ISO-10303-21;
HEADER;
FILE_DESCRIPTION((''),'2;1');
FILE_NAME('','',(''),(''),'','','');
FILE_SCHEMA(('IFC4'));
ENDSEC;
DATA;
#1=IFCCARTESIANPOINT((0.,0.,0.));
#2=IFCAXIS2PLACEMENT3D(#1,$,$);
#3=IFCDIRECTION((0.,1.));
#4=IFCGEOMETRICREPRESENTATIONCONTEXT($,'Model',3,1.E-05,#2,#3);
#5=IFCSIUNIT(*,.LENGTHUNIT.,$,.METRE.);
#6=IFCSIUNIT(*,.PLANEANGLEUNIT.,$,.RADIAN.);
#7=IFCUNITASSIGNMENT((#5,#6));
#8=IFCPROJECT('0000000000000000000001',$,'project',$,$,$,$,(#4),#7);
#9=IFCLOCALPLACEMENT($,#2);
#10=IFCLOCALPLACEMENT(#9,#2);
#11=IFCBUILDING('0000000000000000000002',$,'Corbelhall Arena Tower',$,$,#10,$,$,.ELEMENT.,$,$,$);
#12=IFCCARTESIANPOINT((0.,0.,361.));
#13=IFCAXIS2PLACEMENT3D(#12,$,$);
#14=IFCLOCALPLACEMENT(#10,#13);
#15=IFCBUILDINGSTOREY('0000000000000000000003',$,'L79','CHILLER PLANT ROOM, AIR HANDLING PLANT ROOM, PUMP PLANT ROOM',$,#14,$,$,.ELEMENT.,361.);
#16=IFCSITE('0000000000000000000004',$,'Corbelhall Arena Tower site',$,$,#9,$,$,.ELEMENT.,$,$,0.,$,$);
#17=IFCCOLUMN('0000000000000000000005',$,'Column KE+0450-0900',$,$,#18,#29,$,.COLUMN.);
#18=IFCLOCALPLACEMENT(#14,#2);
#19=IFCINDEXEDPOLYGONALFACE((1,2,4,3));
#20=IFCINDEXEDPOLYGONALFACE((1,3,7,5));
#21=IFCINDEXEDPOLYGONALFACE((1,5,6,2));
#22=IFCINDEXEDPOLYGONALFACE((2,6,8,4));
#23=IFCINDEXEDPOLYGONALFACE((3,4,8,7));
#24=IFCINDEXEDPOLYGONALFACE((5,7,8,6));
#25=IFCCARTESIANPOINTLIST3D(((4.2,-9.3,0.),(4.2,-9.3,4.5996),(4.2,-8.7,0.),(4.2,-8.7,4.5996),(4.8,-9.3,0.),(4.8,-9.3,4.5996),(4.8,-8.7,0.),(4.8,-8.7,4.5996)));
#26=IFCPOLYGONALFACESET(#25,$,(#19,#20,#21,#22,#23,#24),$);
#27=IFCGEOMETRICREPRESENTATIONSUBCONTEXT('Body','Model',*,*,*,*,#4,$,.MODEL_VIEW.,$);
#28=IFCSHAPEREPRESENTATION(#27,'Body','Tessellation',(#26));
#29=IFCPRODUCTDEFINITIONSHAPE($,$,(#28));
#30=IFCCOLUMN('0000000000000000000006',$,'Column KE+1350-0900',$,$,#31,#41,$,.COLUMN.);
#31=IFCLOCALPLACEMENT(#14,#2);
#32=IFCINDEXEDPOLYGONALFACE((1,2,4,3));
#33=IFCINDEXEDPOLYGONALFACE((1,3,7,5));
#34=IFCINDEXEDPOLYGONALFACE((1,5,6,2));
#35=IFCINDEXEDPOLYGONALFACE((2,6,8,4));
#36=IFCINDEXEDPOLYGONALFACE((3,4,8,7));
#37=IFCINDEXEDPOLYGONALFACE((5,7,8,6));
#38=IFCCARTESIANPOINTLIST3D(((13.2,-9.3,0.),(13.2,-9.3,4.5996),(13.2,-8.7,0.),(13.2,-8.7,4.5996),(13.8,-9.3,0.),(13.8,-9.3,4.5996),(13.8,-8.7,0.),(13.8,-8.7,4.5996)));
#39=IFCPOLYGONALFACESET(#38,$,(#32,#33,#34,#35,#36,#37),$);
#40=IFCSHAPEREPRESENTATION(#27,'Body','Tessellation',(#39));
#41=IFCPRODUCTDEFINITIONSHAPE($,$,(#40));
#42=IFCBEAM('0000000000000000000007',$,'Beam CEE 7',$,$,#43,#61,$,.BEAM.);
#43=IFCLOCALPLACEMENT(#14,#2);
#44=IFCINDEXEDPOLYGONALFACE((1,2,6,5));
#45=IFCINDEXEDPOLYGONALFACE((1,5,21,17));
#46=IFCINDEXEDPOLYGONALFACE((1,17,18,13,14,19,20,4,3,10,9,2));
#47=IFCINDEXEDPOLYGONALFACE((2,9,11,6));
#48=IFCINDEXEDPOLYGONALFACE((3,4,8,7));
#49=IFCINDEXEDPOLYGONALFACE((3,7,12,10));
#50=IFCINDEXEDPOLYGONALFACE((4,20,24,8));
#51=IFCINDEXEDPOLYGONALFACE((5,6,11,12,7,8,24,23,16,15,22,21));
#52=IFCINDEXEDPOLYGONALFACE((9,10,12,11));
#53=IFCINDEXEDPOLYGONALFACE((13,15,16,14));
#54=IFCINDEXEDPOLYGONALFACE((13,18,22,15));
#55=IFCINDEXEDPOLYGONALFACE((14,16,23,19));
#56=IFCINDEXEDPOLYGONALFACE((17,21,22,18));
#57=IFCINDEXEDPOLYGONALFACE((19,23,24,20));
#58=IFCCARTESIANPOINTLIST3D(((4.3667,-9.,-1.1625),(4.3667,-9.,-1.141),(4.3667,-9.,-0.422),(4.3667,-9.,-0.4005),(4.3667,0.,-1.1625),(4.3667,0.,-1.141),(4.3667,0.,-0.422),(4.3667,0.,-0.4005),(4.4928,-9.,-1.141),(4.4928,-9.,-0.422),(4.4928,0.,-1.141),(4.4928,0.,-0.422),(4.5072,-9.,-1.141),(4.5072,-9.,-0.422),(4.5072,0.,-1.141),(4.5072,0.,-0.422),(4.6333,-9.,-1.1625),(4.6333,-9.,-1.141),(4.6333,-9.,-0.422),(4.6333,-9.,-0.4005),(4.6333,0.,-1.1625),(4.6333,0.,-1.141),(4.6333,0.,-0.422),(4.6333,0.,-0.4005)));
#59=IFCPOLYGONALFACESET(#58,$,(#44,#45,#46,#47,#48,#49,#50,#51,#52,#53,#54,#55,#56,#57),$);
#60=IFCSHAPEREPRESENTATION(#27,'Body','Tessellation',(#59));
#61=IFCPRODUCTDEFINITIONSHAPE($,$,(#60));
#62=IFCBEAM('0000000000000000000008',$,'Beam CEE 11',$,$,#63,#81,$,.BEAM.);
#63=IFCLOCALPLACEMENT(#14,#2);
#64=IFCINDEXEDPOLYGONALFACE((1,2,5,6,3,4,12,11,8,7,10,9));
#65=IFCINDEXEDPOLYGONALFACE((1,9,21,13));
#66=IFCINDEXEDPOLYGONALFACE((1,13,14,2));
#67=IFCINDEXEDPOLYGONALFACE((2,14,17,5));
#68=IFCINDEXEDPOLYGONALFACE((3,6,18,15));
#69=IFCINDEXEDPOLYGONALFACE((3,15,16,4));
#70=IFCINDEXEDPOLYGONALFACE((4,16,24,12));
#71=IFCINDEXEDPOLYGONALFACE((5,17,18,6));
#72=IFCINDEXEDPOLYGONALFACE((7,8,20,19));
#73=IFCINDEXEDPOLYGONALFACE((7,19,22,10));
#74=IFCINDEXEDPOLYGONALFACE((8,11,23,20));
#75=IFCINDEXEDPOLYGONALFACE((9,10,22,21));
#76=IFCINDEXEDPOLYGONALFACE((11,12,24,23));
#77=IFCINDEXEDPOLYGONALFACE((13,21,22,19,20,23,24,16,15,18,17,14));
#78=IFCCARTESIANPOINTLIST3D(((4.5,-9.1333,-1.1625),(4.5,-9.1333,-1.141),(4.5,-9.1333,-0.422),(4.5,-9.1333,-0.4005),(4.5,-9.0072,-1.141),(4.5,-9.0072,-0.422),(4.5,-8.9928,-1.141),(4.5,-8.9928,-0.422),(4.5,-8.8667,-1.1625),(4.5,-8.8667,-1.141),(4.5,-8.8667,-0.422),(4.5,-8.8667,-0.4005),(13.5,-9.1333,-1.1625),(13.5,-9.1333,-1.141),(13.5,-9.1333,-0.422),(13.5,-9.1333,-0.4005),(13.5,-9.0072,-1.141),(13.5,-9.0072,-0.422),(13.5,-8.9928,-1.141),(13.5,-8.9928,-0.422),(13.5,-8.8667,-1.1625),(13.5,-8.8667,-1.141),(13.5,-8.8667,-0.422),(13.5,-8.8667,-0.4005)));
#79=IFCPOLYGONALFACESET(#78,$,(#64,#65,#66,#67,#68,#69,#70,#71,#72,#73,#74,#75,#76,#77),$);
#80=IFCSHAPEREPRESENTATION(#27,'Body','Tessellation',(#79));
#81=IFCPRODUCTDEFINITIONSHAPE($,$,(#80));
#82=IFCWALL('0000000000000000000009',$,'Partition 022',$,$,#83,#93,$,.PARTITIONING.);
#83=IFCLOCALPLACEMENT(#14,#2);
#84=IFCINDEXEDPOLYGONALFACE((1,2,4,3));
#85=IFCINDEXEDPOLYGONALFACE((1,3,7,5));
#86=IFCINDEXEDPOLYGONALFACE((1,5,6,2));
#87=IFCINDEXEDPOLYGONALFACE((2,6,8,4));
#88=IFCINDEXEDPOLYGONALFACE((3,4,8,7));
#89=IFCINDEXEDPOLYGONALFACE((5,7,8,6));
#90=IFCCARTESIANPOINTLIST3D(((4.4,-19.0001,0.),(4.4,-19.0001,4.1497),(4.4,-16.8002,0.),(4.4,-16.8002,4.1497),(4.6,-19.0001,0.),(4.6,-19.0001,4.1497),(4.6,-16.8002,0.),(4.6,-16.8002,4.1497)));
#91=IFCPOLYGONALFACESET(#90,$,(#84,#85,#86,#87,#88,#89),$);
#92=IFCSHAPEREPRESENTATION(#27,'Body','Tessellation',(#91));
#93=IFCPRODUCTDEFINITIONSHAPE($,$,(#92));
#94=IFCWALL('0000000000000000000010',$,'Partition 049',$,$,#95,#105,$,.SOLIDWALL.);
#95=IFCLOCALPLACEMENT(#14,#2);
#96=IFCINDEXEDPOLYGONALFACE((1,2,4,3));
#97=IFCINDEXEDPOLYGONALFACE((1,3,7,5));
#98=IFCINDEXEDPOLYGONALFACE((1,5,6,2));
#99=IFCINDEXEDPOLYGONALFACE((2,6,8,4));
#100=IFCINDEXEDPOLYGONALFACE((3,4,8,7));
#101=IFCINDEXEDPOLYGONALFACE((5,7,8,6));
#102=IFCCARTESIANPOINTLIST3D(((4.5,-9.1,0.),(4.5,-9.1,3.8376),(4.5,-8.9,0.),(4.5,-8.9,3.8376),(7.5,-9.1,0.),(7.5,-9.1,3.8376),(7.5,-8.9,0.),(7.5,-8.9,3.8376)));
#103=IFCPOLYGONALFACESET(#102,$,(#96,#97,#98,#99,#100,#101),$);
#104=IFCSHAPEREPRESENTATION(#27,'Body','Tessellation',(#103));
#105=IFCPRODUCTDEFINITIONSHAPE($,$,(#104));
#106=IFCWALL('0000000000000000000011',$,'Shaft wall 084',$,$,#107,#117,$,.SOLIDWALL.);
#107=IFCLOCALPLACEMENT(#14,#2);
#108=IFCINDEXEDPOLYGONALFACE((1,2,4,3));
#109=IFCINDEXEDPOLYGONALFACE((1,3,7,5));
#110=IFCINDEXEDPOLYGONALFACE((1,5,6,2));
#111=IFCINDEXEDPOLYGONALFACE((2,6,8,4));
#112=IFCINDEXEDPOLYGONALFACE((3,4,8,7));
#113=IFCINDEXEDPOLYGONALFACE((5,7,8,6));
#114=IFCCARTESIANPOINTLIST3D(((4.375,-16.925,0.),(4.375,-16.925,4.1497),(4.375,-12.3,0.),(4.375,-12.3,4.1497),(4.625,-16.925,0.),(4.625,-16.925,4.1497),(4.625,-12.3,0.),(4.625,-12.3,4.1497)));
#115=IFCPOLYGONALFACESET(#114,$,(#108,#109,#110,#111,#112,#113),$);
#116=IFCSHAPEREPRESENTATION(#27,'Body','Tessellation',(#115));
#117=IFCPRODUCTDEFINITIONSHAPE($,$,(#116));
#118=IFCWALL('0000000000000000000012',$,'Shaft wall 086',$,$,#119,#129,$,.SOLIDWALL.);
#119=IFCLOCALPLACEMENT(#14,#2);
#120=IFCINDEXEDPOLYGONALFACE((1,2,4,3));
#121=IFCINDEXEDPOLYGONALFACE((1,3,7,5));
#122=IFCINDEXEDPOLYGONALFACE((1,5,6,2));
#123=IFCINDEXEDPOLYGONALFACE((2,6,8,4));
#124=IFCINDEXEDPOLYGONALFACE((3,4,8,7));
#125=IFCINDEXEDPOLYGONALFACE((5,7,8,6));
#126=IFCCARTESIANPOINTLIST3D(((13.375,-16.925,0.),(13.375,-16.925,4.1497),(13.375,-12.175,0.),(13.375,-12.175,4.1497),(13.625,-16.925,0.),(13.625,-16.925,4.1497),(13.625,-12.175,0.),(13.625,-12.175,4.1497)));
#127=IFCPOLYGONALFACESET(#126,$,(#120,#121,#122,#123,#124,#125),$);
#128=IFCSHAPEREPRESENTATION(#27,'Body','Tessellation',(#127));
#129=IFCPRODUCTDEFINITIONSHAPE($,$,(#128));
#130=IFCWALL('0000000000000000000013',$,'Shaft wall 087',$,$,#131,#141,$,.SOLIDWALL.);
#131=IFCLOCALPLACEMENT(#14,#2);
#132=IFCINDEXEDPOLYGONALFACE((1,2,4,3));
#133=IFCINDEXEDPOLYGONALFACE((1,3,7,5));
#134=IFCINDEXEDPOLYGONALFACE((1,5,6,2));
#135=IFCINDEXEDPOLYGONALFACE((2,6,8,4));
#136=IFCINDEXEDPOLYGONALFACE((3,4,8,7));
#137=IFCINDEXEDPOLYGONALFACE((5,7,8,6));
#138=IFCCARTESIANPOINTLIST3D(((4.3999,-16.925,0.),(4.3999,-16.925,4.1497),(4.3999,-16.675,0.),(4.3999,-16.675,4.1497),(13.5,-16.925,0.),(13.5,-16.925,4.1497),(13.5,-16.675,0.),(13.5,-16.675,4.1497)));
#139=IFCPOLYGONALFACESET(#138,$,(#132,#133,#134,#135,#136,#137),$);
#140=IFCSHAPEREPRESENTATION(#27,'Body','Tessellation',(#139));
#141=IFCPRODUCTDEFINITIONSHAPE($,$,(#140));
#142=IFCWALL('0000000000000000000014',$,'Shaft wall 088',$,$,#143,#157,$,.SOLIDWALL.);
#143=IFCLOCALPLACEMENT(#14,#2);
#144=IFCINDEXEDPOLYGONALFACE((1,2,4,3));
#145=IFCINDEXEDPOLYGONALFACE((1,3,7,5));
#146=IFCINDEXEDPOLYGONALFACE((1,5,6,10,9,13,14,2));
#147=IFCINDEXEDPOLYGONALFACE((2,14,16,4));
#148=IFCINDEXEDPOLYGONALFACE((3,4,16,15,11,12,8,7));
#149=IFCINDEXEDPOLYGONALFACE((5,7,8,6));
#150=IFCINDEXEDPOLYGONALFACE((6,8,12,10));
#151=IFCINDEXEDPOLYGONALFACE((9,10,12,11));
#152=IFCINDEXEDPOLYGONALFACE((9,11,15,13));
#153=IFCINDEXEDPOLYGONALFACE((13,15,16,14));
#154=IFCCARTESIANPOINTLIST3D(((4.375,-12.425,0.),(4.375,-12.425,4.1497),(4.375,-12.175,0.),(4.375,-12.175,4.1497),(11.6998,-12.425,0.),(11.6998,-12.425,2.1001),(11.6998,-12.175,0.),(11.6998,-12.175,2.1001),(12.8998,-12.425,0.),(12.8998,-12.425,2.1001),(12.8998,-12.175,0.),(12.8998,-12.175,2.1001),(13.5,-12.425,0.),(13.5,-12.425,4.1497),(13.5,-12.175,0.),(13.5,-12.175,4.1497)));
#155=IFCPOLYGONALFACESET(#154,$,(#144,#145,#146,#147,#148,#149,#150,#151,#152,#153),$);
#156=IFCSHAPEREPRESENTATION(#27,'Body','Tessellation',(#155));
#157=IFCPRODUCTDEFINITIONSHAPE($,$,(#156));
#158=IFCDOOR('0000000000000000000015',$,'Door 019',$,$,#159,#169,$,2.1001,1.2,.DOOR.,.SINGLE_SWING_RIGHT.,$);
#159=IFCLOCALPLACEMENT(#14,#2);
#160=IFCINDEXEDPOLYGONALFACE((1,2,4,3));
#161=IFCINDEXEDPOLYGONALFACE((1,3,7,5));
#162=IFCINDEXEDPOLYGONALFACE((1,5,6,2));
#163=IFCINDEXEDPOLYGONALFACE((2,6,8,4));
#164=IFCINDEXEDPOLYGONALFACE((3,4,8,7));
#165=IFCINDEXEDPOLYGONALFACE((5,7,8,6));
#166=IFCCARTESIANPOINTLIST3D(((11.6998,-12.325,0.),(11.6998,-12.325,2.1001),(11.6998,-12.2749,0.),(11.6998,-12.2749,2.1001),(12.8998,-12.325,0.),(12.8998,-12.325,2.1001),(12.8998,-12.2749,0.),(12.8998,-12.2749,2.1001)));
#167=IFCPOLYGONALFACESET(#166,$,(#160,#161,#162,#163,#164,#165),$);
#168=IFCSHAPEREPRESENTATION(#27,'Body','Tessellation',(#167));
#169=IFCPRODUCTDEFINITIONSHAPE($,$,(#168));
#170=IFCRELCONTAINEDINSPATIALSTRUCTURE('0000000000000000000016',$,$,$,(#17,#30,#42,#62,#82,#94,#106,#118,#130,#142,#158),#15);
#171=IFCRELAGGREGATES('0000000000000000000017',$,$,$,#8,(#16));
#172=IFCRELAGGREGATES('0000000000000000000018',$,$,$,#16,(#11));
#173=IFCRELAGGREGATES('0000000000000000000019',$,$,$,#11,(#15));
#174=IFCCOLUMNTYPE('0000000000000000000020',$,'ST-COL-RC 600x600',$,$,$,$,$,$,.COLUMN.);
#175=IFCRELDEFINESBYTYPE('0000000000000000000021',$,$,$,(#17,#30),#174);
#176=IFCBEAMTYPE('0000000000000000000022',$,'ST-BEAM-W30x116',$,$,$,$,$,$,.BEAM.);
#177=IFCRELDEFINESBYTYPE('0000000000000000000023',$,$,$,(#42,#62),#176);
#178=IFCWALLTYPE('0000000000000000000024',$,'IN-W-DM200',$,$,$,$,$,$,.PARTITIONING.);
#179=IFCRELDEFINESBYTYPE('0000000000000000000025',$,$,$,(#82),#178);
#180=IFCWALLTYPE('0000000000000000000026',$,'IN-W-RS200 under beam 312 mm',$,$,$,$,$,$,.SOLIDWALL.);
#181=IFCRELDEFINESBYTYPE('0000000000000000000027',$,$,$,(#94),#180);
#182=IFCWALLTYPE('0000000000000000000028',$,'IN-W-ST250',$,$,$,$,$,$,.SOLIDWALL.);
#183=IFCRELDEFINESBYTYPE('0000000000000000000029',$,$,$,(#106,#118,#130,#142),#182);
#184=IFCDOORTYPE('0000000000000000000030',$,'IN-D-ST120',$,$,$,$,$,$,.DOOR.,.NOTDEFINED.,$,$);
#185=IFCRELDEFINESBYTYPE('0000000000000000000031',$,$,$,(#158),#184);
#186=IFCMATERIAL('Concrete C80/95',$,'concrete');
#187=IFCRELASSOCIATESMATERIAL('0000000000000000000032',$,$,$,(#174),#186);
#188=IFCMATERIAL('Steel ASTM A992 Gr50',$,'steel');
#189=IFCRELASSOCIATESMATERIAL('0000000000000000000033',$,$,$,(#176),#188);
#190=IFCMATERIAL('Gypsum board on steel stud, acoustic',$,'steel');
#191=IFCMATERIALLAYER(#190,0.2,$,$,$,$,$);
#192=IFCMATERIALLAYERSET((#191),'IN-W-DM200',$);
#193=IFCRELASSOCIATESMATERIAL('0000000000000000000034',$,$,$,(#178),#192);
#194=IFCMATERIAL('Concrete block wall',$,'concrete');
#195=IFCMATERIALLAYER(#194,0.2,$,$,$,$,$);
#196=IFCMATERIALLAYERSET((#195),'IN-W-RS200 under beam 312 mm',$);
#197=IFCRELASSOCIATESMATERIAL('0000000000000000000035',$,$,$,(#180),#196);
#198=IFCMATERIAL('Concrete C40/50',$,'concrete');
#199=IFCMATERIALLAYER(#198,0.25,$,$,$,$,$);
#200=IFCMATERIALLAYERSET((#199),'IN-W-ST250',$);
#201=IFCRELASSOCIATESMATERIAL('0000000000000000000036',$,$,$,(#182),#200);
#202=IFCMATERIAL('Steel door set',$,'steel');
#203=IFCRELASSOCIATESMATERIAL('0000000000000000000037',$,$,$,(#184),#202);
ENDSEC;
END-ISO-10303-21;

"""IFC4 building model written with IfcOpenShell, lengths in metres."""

from ifc_helpers import new_model, si_unit, direction, frame, frame_2d, origin, origin_2d, place, context, subcontext, project, spatial, rectangle, i_section, extrude, material, layer, layer_set, material_profile, profile_set, type_object, element, fill, save


model = new_model("IFC4")

# Units and contexts
model_context = context("Model", 3, precision=1e-05, world=origin(), true_north=direction((0.0, 1.0)))
body_context = subcontext(model_context, "Body", "Model", "MODEL_VIEW")
ifc_project = project(units=[si_unit("LENGTHUNIT", "METRE"), si_unit("PLANEANGLEUNIT", "RADIAN")], contexts=[model_context])

# Site, building, storey
site_placement = place(None, origin())
site = spatial("IfcSite", under=ifc_project, at=site_placement, Name="Corbelhall Arena Tower site", CompositionType="ELEMENT", RefElevation=0.0)
building_placement = place(site_placement, origin())
building = spatial("IfcBuilding", under=site, at=building_placement, Name="Corbelhall Arena Tower", CompositionType="ELEMENT")
storey_placement = place(building_placement, frame((0.0, 0.0, 361.0)))
storey = spatial("IfcBuildingStorey", under=building, at=storey_placement, Name="L79", Description="CHILLER PLANT ROOM, AIR HANDLING PLANT ROOM, PUMP PLANT ROOM", CompositionType="ELEMENT", Elevation=361.0)

# Columns
ifc_material_1 = material(Name="Concrete C80/95", Category="concrete")
ifc_material_profile_1 = material_profile(ifc_material_1, rectangle(XDim=0.6001, YDim=0.6001, at=origin_2d()))
ifc_profile_set_1 = profile_set([ifc_material_profile_1], Name="Concrete C80/95")
column_type = type_object("IfcColumnType", Name="ST-COL-RC 600x600", PredefinedType="COLUMN", material=ifc_profile_set_1)
for number, where, z_axis, x_axis, name in (
    (1, (4.5, -9.0, 0.0), (0.0, 0.0, 1.0), (1.0, 0.0, 0.0), "Column KE+0450-0900"),
    (2, (13.5, -9.0, 0.0), (0.0, 0.0, 1.0), (1.0, 0.0, 0.0), "Column KE+1350-0900"),
):
    element("IfcColumn", number, at=place(storey_placement, frame(where, z_axis=z_axis, x_axis=x_axis)), inside=storey, type_object=column_type, Name=name, PredefinedType="COLUMN", context=body_context, shape_type="SweptSolid", body=[
        extrude(rectangle(XDim=0.6001, YDim=0.6001, at=origin_2d()), origin(), (0.0, 0.0, 1.0), 4.5996),
    ])

# Beams
ifc_material_2 = material(Name="Steel ASTM A992 Gr50", Category="steel")
ifc_material_profile_2 = material_profile(ifc_material_2, i_section(OverallWidth=0.2666, OverallDepth=0.762, WebThickness=0.0144, FlangeThickness=0.0215, at=origin_2d()))
ifc_profile_set_2 = profile_set([ifc_material_profile_2], Name="Steel ASTM A992 Gr50")
beam_type = type_object("IfcBeamType", Name="ST-BEAM-W30x116", PredefinedType="BEAM", material=ifc_profile_set_2)
for number, where, z_axis, x_axis, name in (
    (3, (4.5, -9.0, -0.7815), (0.0, 1.0, 0.0), (-1.0, 0.0, 0.0), "Beam CEE 7"),
    (4, (4.5, -9.0, -0.7815), (1.0, 0.0, 0.0), (0.0, 1.0, 0.0), "Beam CEE 11"),
):
    element("IfcBeam", number, at=place(storey_placement, frame(where, z_axis=z_axis, x_axis=x_axis)), inside=storey, type_object=beam_type, Name=name, PredefinedType="BEAM", context=body_context, shape_type="SweptSolid", body=[
        extrude(i_section(OverallWidth=0.2666, OverallDepth=0.762, WebThickness=0.0144, FlangeThickness=0.0215, at=origin_2d()), origin(), (0.0, 0.0, 1.0), 9.0),
    ])

# Wall
ifc_material_3 = material(Name="Gypsum board on steel stud, acoustic", Category="steel")
ifc_layer_1 = layer(ifc_material_3, 0.2)
ifc_layer_set_1 = layer_set([ifc_layer_1], Name="IN-W-DM200")
wall_type_1 = type_object("IfcWallType", Name="IN-W-DM200", PredefinedType="PARTITIONING", material=ifc_layer_set_1)
wall_1_placement = place(storey_placement, frame((4.5, -16.8, 0.0), z_axis=(0.0, 0.0, 1.0), x_axis=(0.0, -1.0, 0.0)))
element("IfcWall", 5, at=wall_1_placement, inside=storey, type_object=wall_type_1, Name="Partition 022", PredefinedType="PARTITIONING", context=body_context, shape_type="SweptSolid", body=[
    extrude(rectangle(XDim=2.2, YDim=0.2, at=frame_2d((1.1001, 0.0))), origin(), (0.0, 0.0, 1.0), 4.1497),
])

# Shared definitions
ifc_material_4 = material(Name="Steel door set", Category="steel")

# Shared definitions
ifc_material_5 = material(Name="Concrete block wall", Category="concrete")
ifc_layer_2 = layer(ifc_material_5, 0.2)
ifc_layer_set_2 = layer_set([ifc_layer_2], Name="IN-W-RS200 under beam 312 mm")
wall_type_2 = type_object("IfcWallType", Name="IN-W-RS200 under beam 312 mm", PredefinedType="SOLIDWALL", material=ifc_layer_set_2)

# Walls
wall_2_placement = place(storey_placement, frame((7.5, -9.0, 0.0), z_axis=(0.0, 0.0, 1.0), x_axis=(-1.0, 0.0, 0.0)))
element("IfcWall", 6, at=wall_2_placement, inside=storey, type_object=wall_type_2, Name="Partition 049", PredefinedType="SOLIDWALL", context=body_context, shape_type="SweptSolid", body=[
    extrude(rectangle(XDim=3.0, YDim=0.2, at=frame_2d((1.5, 0.0))), origin(), (0.0, 0.0, 1.0), 3.8376),
])
ifc_material_6 = material(Name="Concrete C40/50", Category="concrete")
ifc_layer_3 = layer(ifc_material_6, 0.25)
ifc_layer_set_3 = layer_set([ifc_layer_3], Name="IN-W-ST250")
wall_type_3 = type_object("IfcWallType", Name="IN-W-ST250", PredefinedType="SOLIDWALL", material=ifc_layer_set_3)
wall_3_placement = place(storey_placement, frame((4.5, -16.925, 0.0), z_axis=(0.0, 0.0, 1.0), x_axis=(0.0, 1.0, 0.0)))
element("IfcWall", 7, at=wall_3_placement, inside=storey, type_object=wall_type_3, Name="Shaft wall 084", PredefinedType="SOLIDWALL", context=body_context, shape_type="SweptSolid", body=[
    extrude(rectangle(XDim=4.625, YDim=0.25, at=frame_2d((2.3125, 0.0))), origin(), (0.0, 0.0, 1.0), 4.1497),
])
wall_4_placement = place(storey_placement, frame((13.5, -16.925, 0.0), z_axis=(0.0, 0.0, 1.0), x_axis=(0.0, 1.0, 0.0)))
element("IfcWall", 8, at=wall_4_placement, inside=storey, type_object=wall_type_3, Name="Shaft wall 086", PredefinedType="SOLIDWALL", context=body_context, shape_type="SweptSolid", body=[
    extrude(rectangle(XDim=4.75, YDim=0.25, at=frame_2d((2.375, 0.0))), origin(), (0.0, 0.0, 1.0), 4.1497),
])
wall_5_placement = place(storey_placement, frame((13.5, -16.8, 0.0), z_axis=(0.0, 0.0, 1.0), x_axis=(-1.0, 0.0, 0.0)))
element("IfcWall", 9, at=wall_5_placement, inside=storey, type_object=wall_type_3, Name="Shaft wall 087", PredefinedType="SOLIDWALL", context=body_context, shape_type="SweptSolid", body=[
    extrude(rectangle(XDim=9.1001, YDim=0.25, at=frame_2d((4.55, 0.0))), origin(), (0.0, 0.0, 1.0), 4.1497),
])

# Wall, opening, door
wall_6_placement = place(storey_placement, frame((13.5, -12.3, 0.0), z_axis=(0.0, 0.0, 1.0), x_axis=(-1.0, 0.0, 0.0)))
wall_6 = element("IfcWall", 10, at=wall_6_placement, inside=storey, type_object=wall_type_3, Name="Shaft wall 088", PredefinedType="SOLIDWALL", context=body_context, shape_type="SweptSolid", body=[
    extrude(rectangle(XDim=9.125, YDim=0.25, at=frame_2d((4.5625, 0.0))), origin(), (0.0, 0.0, 1.0), 4.1497),
])
opening_1_placement = place(wall_6_placement, frame((0.6001, 0.0, 0.0)))
opening_1 = element("IfcOpeningElement", 11, at=opening_1_placement, cuts=wall_6, PredefinedType="OPENING", context=body_context, shape_type="SweptSolid", body=[
    extrude(rectangle(XDim=1.2, YDim=2.1001, at=frame_2d((0.6001, 1.05))), frame((0.0, 0.125, 0.0), z_axis=(0.0, -1.0, 0.0), x_axis=(1.0, 0.0, 0.0)), (0.0, 0.0, 1.0), 0.25),
])
door_type_1 = type_object("IfcDoorType", Name="IN-D-ST120", OperationType="NOTDEFINED", PredefinedType="DOOR", material=ifc_material_4)
door_1_placement = place(opening_1_placement, origin())
door_1 = element("IfcDoor", 12, at=door_1_placement, inside=storey, type_object=door_type_1, Name="Door 019", OperationType="SINGLE_SWING_RIGHT", OverallHeight=2.1001, OverallWidth=1.2, PredefinedType="DOOR", context=body_context, shape_type="SweptSolid", body=[
    extrude(rectangle(XDim=1.2, YDim=2.1001, at=frame_2d((0.6001, 1.05))), frame((0.0, 0.0249, 0.0), z_axis=(0.0, -1.0, 0.0), x_axis=(1.0, 0.0, 0.0)), (0.0, 0.0, 1.0), 0.05),
])
fill(opening_1, door_1)

save(model, "model.ifc")
